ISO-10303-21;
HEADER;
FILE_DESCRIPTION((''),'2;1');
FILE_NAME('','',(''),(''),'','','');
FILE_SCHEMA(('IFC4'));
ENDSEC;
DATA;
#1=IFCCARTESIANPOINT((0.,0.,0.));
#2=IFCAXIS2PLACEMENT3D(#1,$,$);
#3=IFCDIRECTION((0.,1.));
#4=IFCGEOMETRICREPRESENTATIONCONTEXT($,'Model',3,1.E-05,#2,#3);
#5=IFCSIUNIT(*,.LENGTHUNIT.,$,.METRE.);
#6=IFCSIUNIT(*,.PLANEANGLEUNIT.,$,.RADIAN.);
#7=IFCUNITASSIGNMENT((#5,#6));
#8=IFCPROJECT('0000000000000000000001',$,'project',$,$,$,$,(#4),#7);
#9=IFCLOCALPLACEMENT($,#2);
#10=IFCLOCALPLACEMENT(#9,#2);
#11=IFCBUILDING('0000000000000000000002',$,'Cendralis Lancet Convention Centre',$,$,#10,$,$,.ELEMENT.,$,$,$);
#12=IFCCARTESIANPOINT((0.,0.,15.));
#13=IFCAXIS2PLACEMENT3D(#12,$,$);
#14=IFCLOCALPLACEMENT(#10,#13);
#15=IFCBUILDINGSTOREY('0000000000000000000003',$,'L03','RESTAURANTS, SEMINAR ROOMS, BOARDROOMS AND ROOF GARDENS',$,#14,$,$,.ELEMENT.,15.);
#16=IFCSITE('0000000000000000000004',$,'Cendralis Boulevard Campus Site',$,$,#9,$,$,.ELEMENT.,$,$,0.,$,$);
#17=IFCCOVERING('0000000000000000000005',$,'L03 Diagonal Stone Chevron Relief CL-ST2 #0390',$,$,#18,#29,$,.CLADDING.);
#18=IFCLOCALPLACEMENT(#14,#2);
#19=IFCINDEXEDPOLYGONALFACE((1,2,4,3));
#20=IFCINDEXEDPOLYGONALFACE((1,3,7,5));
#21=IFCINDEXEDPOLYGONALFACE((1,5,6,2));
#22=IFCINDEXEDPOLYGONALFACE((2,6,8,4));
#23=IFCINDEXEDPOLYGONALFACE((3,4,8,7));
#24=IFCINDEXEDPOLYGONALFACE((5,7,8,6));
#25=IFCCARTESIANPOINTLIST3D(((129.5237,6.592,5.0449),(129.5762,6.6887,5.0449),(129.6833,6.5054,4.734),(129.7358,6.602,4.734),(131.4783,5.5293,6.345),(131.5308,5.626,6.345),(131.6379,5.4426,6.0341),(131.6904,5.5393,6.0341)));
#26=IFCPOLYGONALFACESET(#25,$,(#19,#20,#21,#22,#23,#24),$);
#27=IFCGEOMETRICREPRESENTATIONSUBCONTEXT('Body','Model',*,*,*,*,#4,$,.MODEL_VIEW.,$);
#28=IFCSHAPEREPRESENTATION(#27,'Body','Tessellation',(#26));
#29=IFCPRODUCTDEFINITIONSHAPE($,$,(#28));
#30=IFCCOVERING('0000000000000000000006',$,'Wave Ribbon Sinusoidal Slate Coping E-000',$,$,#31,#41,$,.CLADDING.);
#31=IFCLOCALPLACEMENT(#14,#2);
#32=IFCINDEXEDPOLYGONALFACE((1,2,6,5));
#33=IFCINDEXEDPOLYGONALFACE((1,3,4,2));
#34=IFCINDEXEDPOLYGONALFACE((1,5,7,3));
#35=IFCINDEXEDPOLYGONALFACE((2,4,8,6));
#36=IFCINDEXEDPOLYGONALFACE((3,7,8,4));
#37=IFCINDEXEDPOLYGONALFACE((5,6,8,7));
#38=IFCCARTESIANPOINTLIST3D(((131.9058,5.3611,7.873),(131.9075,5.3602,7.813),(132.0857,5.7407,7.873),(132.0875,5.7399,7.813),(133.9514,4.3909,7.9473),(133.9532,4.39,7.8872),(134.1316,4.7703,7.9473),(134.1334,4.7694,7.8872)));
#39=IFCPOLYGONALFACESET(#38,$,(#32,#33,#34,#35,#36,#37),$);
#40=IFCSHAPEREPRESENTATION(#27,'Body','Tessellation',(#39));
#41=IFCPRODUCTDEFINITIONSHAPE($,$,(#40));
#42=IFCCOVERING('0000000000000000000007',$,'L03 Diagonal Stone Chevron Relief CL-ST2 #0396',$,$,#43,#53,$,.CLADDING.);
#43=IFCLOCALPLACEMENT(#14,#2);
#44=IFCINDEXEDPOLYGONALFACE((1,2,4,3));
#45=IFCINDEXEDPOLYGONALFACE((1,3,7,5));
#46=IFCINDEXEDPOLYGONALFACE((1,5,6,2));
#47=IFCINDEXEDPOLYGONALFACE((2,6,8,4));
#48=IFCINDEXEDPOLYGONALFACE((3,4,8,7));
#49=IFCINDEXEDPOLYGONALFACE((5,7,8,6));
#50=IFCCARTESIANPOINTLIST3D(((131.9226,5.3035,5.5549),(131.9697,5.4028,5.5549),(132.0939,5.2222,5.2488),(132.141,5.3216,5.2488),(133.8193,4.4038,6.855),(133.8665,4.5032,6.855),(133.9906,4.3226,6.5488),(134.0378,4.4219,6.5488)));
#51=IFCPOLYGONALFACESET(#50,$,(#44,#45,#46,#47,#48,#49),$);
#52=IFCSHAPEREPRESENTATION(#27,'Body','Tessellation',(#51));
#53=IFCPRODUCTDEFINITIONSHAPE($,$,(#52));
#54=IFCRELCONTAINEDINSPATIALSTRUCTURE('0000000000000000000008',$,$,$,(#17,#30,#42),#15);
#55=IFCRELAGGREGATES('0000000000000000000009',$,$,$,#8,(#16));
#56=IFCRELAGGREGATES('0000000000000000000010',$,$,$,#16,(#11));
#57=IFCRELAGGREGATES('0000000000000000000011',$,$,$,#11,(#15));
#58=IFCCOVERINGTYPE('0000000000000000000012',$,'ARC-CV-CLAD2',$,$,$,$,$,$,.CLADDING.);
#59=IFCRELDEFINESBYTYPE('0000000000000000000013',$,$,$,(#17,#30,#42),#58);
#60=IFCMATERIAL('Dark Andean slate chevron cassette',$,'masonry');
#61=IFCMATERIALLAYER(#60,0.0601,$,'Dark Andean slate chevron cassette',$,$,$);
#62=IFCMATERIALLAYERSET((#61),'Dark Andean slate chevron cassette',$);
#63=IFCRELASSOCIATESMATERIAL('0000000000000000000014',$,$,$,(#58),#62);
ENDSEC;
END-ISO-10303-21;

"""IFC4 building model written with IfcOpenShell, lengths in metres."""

from ifc_helpers import new_model, si_unit, direction, frame, origin, place, context, subcontext, project, spatial, polyline, outline, extrude, material, layer, layer_set, type_object, element, save


model = new_model("IFC4")

# Units and contexts
model_context = context("Model", 3, precision=1e-05, world=origin(), true_north=direction((0.0, 1.0)))
body_context = subcontext(model_context, "Body", "Model", "MODEL_VIEW")
ifc_project = project(units=[si_unit("LENGTHUNIT", "METRE"), si_unit("PLANEANGLEUNIT", "RADIAN")], contexts=[model_context])

# Site, building, storey
site_placement = place(None, origin())
site = spatial("IfcSite", under=ifc_project, at=site_placement, Name="Cendralis Boulevard Campus Site", CompositionType="ELEMENT", RefElevation=0.0)
building_placement = place(site_placement, origin())
building = spatial("IfcBuilding", under=site, at=building_placement, Name="Cendralis Lancet Convention Centre", CompositionType="ELEMENT")
storey_placement = place(building_placement, frame((0.0, 0.0, 15.0)))
storey = spatial("IfcBuildingStorey", under=building, at=storey_placement, Name="L03", Description="RESTAURANTS, SEMINAR ROOMS, BOARDROOMS AND ROOF GARDENS", CompositionType="ELEMENT", Elevation=15.0)

# Coverings
ifc_material_1 = material(Name="Dark Andean slate chevron cassette", Category="masonry")
ifc_layer_1 = layer(ifc_material_1, 0.0601, Name="Dark Andean slate chevron cassette")
ifc_layer_set_1 = layer_set([ifc_layer_1], Name="Dark Andean slate chevron cassette")
covering_type_1 = type_object("IfcCoveringType", Name="ARC-CV-CLAD2", PredefinedType="CLADDING", material=ifc_layer_set_1)
covering_1_placement = place(storey_placement, frame((129.5237, 6.592, 5.0449), z_axis=(-0.443384, 0.240726, 0.863401), x_axis=(0.758529, -0.412426, 0.504518)))
element("IfcCovering", 1, at=covering_1_placement, inside=storey, type_object=covering_type_1, Name="L03 Diagonal Stone Chevron Relief CL-ST2 #0390", PredefinedType="CLADDING", context=body_context, shape_type="SweptSolid", body=[
    extrude(outline(polyline([(0.0, 0.0), (2.5768, 0.0), (2.5768, 0.11), (-0.0001, 0.11), (0.0, 0.0)])), origin(), (0.0, 0.0, -1.0), 0.3601),
])
covering_2_placement = place(storey_placement, frame((131.9058, 5.3611, 7.873), z_axis=(-0.029599, 0.014043, 0.999463), x_axis=(0.903044, -0.428297, 0.032761)))
element("IfcCovering", 2, at=covering_2_placement, inside=storey, type_object=covering_type_1, Name="Wave Ribbon Sinusoidal Slate Coping E-000", PredefinedType="CLADDING", context=body_context, shape_type="SweptSolid", body=[
    extrude(outline(polyline([(0.0, 0.0), (2.2653, 0.0), (2.2655, 0.42), (-0.0001, 0.4201), (0.0, 0.0)])), origin(), (0.0, 0.0, -1.0), 0.0601),
])
covering_3_placement = place(storey_placement, frame((131.9226, 5.3035, 5.5549), z_axis=(-0.475723, 0.225588, 0.850175), x_axis=(0.768146, -0.364348, 0.5265)))
element("IfcCovering", 3, at=covering_3_placement, inside=storey, type_object=covering_type_1, Name="L03 Diagonal Stone Chevron Relief CL-ST2 #0396", PredefinedType="CLADDING", context=body_context, shape_type="SweptSolid", body=[
    extrude(outline(polyline([(0.0, 0.0), (2.4692, 0.0), (2.4692, 0.11), (0.0, 0.11), (0.0, 0.0)])), origin(), (0.0, 0.0, -1.0), 0.3601),
])

save(model, "model.ifc")
